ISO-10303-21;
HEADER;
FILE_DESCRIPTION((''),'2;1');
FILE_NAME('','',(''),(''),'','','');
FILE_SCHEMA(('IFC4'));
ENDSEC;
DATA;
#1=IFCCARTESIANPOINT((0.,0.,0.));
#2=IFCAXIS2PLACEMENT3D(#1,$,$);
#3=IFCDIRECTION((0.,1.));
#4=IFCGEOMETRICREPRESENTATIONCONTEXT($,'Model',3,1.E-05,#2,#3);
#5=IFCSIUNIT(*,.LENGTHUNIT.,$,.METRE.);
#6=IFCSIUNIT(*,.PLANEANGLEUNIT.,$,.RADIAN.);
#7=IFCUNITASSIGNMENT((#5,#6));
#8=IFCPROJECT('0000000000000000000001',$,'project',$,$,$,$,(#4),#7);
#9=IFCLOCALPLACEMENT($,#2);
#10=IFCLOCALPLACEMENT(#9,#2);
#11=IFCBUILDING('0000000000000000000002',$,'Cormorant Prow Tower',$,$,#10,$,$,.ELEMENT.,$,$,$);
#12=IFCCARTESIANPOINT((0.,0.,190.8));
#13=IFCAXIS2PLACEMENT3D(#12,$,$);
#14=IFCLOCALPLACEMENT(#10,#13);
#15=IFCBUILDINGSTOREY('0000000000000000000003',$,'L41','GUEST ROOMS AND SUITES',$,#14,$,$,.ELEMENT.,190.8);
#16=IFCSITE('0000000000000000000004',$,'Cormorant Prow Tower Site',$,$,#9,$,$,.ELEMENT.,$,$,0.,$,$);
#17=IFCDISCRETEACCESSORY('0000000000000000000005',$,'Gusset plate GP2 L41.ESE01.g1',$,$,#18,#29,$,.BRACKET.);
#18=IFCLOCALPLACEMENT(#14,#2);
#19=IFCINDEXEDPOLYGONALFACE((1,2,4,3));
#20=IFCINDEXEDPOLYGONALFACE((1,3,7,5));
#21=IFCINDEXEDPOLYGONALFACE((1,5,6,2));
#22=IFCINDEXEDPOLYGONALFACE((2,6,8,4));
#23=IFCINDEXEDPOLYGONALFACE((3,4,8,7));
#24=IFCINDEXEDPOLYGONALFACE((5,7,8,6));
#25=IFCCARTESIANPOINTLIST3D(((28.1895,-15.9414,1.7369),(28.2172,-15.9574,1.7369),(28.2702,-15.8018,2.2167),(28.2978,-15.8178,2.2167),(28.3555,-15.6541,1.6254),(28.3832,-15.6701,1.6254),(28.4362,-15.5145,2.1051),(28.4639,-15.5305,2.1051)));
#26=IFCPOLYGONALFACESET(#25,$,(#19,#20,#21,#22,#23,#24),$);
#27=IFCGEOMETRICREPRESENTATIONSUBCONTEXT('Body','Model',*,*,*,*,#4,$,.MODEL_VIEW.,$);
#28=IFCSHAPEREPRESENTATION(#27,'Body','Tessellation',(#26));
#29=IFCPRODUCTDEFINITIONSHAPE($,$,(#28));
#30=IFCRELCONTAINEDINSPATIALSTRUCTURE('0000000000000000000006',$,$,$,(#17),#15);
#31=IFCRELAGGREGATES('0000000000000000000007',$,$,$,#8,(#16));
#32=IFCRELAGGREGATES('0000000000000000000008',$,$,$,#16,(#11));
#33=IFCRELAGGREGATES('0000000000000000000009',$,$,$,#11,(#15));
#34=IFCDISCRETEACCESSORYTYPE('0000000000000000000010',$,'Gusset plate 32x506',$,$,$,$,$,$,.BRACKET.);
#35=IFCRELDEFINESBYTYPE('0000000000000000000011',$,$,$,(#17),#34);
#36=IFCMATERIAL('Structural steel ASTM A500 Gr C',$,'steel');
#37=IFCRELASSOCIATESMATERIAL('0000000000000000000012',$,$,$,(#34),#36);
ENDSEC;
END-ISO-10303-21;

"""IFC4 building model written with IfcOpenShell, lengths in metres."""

from ifc_helpers import new_model, si_unit, direction, frame, origin, origin_2d, place, context, subcontext, project, spatial, rectangle, extrude, material, material_profile, profile_set, type_object, element, save


model = new_model("IFC4")

# Units and contexts
model_context = context("Model", 3, precision=1e-05, world=origin(), true_north=direction((0.0, 1.0)))
body_context = subcontext(model_context, "Body", "Model", "MODEL_VIEW")
ifc_project = project(units=[si_unit("LENGTHUNIT", "METRE"), si_unit("PLANEANGLEUNIT", "RADIAN")], contexts=[model_context])

# Site, building, storey
site_placement = place(None, origin())
site = spatial("IfcSite", under=ifc_project, at=site_placement, Name="Cormorant Prow Tower Site", CompositionType="ELEMENT", RefElevation=0.0)
building_placement = place(site_placement, origin())
building = spatial("IfcBuilding", under=site, at=building_placement, Name="Cormorant Prow Tower", CompositionType="ELEMENT")
storey_placement = place(building_placement, frame((0.0, 0.0, 190.8)))
storey = spatial("IfcBuildingStorey", under=building, at=storey_placement, Name="L41", Description="GUEST ROOMS AND SUITES", CompositionType="ELEMENT", Elevation=190.8)

# Discrete accessory
ifc_material_1 = material(Name="Structural steel ASTM A500 Gr C", Category="steel")
ifc_material_profile_1 = material_profile(ifc_material_1, rectangle(XDim=0.032, YDim=0.5061, at=origin_2d()), Name="Gusset plate 32x506")
ifc_profile_set_1 = profile_set([ifc_material_profile_1], Name="Structural steel ASTM A500 Gr C")
discrete_accessory_type = type_object("IfcDiscreteAccessoryType", Name="Gusset plate 32x506", PredefinedType="BRACKET", material=ifc_profile_set_1)
discrete_accessory_1_placement = place(storey_placement, frame((28.4097, -15.5923, 1.8652), z_axis=(-0.474172, -0.820737, 0.318672), x_axis=(0.865879, -0.500253, 0.0)))
element("IfcDiscreteAccessory", 1, at=discrete_accessory_1_placement, inside=storey, type_object=discrete_accessory_type, Name="Gusset plate GP2 L41.ESE01.g1", PredefinedType="BRACKET", context=body_context, shape_type="SweptSolid", body=[
    extrude(rectangle(XDim=0.032, YDim=0.5061, at=origin_2d()), origin(), (0.0, 0.0, 1.0), 0.3501),
])

save(model, "model.ifc")
